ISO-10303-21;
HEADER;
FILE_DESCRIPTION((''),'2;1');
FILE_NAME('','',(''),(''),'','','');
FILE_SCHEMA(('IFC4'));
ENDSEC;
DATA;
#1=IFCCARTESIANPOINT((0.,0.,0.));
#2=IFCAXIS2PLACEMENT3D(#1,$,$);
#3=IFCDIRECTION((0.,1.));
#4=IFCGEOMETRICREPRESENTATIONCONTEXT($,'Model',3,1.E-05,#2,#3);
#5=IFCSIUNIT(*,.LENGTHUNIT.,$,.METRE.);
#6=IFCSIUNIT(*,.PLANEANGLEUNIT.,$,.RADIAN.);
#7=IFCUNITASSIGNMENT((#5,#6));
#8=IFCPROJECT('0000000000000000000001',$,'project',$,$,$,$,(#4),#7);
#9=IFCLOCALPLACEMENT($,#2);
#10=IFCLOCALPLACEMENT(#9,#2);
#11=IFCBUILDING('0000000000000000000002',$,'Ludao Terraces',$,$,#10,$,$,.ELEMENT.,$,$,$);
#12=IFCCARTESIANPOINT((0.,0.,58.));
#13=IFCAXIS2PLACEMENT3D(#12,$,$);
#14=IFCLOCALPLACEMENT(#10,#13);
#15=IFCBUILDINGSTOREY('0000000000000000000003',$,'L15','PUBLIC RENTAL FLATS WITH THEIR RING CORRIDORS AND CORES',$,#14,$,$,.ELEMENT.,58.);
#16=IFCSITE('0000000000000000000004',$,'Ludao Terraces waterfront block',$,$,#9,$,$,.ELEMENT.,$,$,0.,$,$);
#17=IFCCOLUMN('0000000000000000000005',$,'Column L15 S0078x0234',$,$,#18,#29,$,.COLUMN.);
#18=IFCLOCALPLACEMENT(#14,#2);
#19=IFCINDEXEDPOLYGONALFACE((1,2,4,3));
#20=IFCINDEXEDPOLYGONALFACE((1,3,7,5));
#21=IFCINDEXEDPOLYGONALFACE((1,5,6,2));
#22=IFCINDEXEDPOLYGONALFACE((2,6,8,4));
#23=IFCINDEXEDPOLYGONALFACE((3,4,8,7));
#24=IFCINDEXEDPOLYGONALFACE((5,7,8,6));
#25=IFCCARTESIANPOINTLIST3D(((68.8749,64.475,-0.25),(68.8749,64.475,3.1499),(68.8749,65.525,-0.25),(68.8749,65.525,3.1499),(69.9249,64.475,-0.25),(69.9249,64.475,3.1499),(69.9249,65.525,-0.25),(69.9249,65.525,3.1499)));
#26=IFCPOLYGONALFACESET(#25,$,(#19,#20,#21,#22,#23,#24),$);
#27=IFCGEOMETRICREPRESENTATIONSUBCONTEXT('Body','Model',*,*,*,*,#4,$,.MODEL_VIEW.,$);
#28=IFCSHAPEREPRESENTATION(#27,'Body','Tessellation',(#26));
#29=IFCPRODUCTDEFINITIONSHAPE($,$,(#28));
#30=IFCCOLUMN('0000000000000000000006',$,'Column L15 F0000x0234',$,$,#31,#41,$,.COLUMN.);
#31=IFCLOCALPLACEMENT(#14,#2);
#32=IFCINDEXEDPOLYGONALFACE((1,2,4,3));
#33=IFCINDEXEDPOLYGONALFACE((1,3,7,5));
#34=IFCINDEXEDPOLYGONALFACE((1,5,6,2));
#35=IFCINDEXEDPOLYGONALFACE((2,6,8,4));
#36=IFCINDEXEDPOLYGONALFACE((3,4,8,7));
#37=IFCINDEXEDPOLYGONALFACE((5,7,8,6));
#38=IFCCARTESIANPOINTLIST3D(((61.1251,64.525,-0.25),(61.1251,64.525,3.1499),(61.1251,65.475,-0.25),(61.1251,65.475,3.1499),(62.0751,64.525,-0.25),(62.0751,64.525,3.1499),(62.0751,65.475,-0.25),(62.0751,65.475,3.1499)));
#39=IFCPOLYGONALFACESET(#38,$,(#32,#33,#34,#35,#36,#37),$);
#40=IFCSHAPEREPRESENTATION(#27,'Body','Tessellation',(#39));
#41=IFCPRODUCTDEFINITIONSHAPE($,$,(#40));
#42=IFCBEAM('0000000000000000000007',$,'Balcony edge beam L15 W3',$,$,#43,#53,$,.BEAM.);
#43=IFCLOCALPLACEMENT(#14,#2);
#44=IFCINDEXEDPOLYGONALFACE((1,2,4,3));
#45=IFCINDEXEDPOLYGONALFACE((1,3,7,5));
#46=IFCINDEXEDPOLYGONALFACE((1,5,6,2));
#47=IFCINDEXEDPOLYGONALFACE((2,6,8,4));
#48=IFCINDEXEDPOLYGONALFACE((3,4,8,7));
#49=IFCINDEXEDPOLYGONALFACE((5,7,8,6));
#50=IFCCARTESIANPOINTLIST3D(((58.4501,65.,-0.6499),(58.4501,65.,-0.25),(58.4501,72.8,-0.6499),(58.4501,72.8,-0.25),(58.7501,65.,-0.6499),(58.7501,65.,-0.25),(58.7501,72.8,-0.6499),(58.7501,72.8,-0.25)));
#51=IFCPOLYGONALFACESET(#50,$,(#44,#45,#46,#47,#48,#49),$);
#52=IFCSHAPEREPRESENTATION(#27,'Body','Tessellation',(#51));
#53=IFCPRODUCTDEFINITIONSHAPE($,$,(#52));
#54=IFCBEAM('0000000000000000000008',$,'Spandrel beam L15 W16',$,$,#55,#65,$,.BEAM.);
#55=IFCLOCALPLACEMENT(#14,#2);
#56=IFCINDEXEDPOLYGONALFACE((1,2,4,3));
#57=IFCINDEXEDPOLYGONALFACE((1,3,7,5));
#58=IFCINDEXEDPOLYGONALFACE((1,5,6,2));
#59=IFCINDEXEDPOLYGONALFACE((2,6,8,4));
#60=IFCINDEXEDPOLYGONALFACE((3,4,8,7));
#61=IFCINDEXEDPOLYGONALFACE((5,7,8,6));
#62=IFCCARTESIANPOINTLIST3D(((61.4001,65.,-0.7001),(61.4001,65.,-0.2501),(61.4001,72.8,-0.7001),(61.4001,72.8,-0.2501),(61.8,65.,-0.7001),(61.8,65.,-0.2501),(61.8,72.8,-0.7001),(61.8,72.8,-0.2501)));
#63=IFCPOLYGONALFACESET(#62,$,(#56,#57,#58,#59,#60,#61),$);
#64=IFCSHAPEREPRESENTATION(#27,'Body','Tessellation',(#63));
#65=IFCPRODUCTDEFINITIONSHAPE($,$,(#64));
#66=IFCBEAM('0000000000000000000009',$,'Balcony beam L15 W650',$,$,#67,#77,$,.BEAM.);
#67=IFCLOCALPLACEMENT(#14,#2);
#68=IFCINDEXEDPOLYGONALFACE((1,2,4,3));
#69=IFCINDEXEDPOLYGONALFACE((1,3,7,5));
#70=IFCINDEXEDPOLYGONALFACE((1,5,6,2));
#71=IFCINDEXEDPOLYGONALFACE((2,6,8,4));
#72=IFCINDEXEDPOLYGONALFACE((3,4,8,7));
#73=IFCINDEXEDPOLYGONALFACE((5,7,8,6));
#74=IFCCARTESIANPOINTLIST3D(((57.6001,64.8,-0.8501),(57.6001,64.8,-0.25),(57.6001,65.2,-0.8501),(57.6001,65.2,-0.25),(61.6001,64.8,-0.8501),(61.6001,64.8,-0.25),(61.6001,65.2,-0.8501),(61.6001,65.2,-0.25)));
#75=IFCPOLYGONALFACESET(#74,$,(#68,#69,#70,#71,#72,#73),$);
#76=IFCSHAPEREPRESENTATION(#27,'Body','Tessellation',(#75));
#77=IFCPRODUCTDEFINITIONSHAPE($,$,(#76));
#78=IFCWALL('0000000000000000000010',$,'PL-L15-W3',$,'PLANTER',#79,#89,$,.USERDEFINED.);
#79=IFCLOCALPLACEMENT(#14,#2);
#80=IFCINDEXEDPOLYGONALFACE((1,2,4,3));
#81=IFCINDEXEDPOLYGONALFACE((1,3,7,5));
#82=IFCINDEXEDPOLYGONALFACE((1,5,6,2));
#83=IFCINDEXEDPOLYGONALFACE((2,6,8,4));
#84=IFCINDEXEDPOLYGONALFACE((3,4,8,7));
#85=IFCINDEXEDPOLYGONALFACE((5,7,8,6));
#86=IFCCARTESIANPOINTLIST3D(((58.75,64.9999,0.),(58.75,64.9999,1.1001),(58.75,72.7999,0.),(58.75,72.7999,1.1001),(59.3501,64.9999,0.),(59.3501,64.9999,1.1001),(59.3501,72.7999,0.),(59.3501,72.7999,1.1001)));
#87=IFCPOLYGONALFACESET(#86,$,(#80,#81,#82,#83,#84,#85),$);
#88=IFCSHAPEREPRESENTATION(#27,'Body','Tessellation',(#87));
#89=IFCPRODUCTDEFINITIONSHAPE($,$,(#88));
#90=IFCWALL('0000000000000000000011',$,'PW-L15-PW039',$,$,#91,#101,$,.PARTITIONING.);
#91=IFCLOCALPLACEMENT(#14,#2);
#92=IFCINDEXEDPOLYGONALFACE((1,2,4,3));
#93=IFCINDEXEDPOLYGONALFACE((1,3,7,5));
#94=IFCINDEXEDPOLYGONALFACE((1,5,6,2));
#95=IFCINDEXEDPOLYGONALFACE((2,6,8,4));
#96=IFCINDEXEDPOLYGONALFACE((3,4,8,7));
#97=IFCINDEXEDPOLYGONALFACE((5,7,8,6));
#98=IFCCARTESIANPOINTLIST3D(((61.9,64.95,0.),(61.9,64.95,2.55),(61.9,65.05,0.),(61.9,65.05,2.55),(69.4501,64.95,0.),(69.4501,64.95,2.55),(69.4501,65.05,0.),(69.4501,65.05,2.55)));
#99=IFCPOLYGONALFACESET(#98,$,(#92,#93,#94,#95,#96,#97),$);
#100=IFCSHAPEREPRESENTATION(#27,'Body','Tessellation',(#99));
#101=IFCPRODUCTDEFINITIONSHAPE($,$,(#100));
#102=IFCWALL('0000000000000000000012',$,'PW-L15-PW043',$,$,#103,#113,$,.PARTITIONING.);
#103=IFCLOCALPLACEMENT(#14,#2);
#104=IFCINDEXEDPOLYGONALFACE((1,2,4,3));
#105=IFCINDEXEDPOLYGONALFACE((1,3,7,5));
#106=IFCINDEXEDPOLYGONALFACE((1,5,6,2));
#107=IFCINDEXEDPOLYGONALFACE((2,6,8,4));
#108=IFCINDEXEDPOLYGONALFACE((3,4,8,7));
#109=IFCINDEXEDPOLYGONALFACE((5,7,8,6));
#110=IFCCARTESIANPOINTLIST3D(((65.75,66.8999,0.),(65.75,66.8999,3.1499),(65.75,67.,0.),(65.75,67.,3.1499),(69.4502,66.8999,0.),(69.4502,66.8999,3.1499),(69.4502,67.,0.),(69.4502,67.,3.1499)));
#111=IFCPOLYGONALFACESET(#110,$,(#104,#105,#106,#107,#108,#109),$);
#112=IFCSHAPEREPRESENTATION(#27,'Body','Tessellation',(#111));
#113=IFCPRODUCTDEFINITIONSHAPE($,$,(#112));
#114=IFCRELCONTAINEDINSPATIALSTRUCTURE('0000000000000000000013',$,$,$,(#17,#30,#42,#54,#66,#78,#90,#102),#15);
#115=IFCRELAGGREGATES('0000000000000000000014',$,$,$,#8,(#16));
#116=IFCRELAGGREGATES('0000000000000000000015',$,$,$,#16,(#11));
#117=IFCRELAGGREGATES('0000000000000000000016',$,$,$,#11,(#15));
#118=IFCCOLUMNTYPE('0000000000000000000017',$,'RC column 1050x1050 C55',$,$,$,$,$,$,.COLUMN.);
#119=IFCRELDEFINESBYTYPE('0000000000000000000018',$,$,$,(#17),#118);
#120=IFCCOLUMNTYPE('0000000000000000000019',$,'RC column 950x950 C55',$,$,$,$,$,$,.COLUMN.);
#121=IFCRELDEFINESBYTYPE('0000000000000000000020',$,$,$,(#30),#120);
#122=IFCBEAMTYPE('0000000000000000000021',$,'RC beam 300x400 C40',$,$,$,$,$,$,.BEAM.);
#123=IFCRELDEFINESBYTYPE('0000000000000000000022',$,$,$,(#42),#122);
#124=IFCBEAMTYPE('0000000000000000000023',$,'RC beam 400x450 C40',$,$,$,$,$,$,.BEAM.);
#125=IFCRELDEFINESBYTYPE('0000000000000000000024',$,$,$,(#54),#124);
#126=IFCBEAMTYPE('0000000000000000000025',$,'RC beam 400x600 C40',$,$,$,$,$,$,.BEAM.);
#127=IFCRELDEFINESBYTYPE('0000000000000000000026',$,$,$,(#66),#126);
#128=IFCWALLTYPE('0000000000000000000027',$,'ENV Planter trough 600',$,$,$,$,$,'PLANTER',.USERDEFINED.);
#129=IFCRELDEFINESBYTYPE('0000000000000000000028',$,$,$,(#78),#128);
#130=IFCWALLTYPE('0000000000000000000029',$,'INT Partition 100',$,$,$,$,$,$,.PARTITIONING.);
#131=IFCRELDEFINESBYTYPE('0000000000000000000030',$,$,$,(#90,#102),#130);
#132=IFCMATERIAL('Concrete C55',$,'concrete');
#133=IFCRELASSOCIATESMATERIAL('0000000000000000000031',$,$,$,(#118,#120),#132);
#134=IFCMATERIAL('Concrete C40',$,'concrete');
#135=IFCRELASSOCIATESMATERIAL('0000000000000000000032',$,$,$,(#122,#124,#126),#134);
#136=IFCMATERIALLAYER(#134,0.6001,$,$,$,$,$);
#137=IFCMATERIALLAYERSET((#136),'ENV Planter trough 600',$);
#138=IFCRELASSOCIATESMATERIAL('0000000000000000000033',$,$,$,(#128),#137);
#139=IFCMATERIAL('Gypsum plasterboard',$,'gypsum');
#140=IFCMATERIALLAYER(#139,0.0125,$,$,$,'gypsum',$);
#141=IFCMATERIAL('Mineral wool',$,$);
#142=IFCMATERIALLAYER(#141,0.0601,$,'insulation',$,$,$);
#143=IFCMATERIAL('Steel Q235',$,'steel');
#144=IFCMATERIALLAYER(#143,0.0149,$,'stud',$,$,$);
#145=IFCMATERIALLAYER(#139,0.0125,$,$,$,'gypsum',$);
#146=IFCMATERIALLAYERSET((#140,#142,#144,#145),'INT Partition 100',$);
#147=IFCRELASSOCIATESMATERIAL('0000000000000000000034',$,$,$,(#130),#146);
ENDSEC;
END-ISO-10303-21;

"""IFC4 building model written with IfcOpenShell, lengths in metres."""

from ifc_helpers import new_model, si_unit, direction, frame, frame_2d, origin, origin_2d, place, context, subcontext, project, spatial, rectangle, extrude, material, layer, layer_set, material_profile, profile_set, type_object, element, save


model = new_model("IFC4")

# Units and contexts
model_context = context("Model", 3, precision=1e-05, world=origin(), true_north=direction((0.0, 1.0)))
body_context = subcontext(model_context, "Body", "Model", "MODEL_VIEW")
ifc_project = project(units=[si_unit("LENGTHUNIT", "METRE"), si_unit("PLANEANGLEUNIT", "RADIAN")], contexts=[model_context])

# Site, building, storey
site_placement = place(None, origin())
site = spatial("IfcSite", under=ifc_project, at=site_placement, Name="Ludao Terraces waterfront block", CompositionType="ELEMENT", RefElevation=0.0)
building_placement = place(site_placement, origin())
building = spatial("IfcBuilding", under=site, at=building_placement, Name="Ludao Terraces", CompositionType="ELEMENT")
storey_placement = place(building_placement, frame((0.0, 0.0, 58.0)))
storey = spatial("IfcBuildingStorey", under=building, at=storey_placement, Name="L15", Description="PUBLIC RENTAL FLATS WITH THEIR RING CORRIDORS AND CORES", CompositionType="ELEMENT", Elevation=58.0)

# Columns
ifc_material_1 = material(Name="Concrete C55", Category="concrete")
ifc_material_profile_1 = material_profile(ifc_material_1, rectangle(XDim=1.05, YDim=1.05, at=origin_2d()), Name="1050 X 1050")
ifc_profile_set_1 = profile_set([ifc_material_profile_1], Name="Concrete C55")
column_type_1 = type_object("IfcColumnType", Name="RC column 1050x1050 C55", PredefinedType="COLUMN", material=ifc_profile_set_1)
column_1_placement = place(storey_placement, frame((69.3999, 65.0, -0.25), z_axis=(0.0, 0.0, 1.0), x_axis=(1.0, 0.0, 0.0)))
element("IfcColumn", 1, at=column_1_placement, inside=storey, type_object=column_type_1, Name="Column L15 S0078x0234", PredefinedType="COLUMN", context=body_context, shape_type="SweptSolid", body=[
    extrude(rectangle(XDim=1.05, YDim=1.05, at=origin_2d()), origin(), (0.0, 0.0, 1.0), 3.3999),
])
ifc_material_profile_2 = material_profile(ifc_material_1, rectangle(XDim=0.95, YDim=0.95, at=origin_2d()), Name="950 X 950")
ifc_profile_set_2 = profile_set([ifc_material_profile_2], Name="Concrete C55")
column_type_2 = type_object("IfcColumnType", Name="RC column 950x950 C55", PredefinedType="COLUMN", material=ifc_profile_set_2)
column_2_placement = place(storey_placement, frame((61.6001, 65.0, -0.25), z_axis=(0.0, 0.0, 1.0), x_axis=(1.0, 0.0, 0.0)))
element("IfcColumn", 2, at=column_2_placement, inside=storey, type_object=column_type_2, Name="Column L15 F0000x0234", PredefinedType="COLUMN", context=body_context, shape_type="SweptSolid", body=[
    extrude(rectangle(XDim=0.95, YDim=0.95, at=origin_2d()), origin(), (0.0, 0.0, 1.0), 3.3999),
])

# Beams
ifc_material_2 = material(Name="Concrete C40", Category="concrete")
ifc_material_profile_3 = material_profile(ifc_material_2, rectangle(XDim=0.3, YDim=0.3999, at=origin_2d()), Name="300 X 400")
ifc_profile_set_3 = profile_set([ifc_material_profile_3], Name="Concrete C40")
beam_type_1 = type_object("IfcBeamType", Name="RC beam 300x400 C40", PredefinedType="BEAM", material=ifc_profile_set_3)
beam_1_placement = place(storey_placement, frame((58.6001, 65.0, -0.45), z_axis=(0.0, 1.0, 0.0), x_axis=(-1.0, 0.0, 0.0)))
element("IfcBeam", 3, at=beam_1_placement, inside=storey, type_object=beam_type_1, Name="Balcony edge beam L15 W3", PredefinedType="BEAM", context=body_context, shape_type="SweptSolid", body=[
    extrude(rectangle(XDim=0.3, YDim=0.3999, at=origin_2d()), origin(), (0.0, 0.0, 1.0), 7.8),
])
ifc_material_profile_4 = material_profile(ifc_material_2, rectangle(XDim=0.3999, YDim=0.45, at=origin_2d()), Name="400 X 450")
ifc_profile_set_4 = profile_set([ifc_material_profile_4], Name="Concrete C40")
beam_type_2 = type_object("IfcBeamType", Name="RC beam 400x450 C40", PredefinedType="BEAM", material=ifc_profile_set_4)
beam_2_placement = place(storey_placement, frame((61.6001, 65.0, -0.4751), z_axis=(0.0, 1.0, 0.0), x_axis=(-1.0, 0.0, 0.0)))
element("IfcBeam", 4, at=beam_2_placement, inside=storey, type_object=beam_type_2, Name="Spandrel beam L15 W16", PredefinedType="BEAM", context=body_context, shape_type="SweptSolid", body=[
    extrude(rectangle(XDim=0.3999, YDim=0.45, at=origin_2d()), origin(), (0.0, 0.0, 1.0), 7.8),
])
ifc_material_profile_5 = material_profile(ifc_material_2, rectangle(XDim=0.3999, YDim=0.6001, at=origin_2d()), Name="400 X 600")
ifc_profile_set_5 = profile_set([ifc_material_profile_5], Name="Concrete C40")
beam_type_3 = type_object("IfcBeamType", Name="RC beam 400x600 C40", PredefinedType="BEAM", material=ifc_profile_set_5)
beam_3_placement = place(storey_placement, frame((61.6001, 65.0, -0.55), z_axis=(-1.0, 0.0, 0.0), x_axis=(0.0, -1.0, 0.0)))
element("IfcBeam", 5, at=beam_3_placement, inside=storey, type_object=beam_type_3, Name="Balcony beam L15 W650", PredefinedType="BEAM", context=body_context, shape_type="SweptSolid", body=[
    extrude(rectangle(XDim=0.3999, YDim=0.6001, at=origin_2d()), origin(), (0.0, 0.0, 1.0), 4.0),
])

# Wall
ifc_layer_1 = layer(ifc_material_2, 0.6001)
ifc_layer_set_1 = layer_set([ifc_layer_1], Name="ENV Planter trough 600")
wall_type_1 = type_object("IfcWallType", Name="ENV Planter trough 600", ElementType="PLANTER", PredefinedType="USERDEFINED", material=ifc_layer_set_1)
wall_1_placement = place(storey_placement, frame((59.05, 65.0, 0.0), z_axis=(0.0, 0.0, 1.0), x_axis=(0.0, 1.0, 0.0)))
element("IfcWall", 6, at=wall_1_placement, inside=storey, type_object=wall_type_1, Name="PL-L15-W3", ObjectType="PLANTER", PredefinedType="USERDEFINED", context=body_context, shape_type="SweptSolid", body=[
    extrude(rectangle(XDim=7.8, YDim=0.6001, at=frame_2d((3.8999, 0.0))), origin(), (0.0, 0.0, 1.0), 1.1001),
])

# Shared definitions
ifc_material_3 = material(Name="Mineral wool")

# Walls
ifc_material_4 = material(Name="Gypsum plasterboard", Category="gypsum")
ifc_layer_2 = layer(ifc_material_4, 0.0125, Category="gypsum")
ifc_layer_3 = layer(ifc_material_3, 0.0601, Name="insulation")
ifc_material_5 = material(Name="Steel Q235", Category="steel")
ifc_layer_4 = layer(ifc_material_5, 0.0149, Name="stud")
ifc_layer_5 = layer(ifc_material_4, 0.0125, Category="gypsum")
ifc_layer_set_2 = layer_set([ifc_layer_2, ifc_layer_3, ifc_layer_4, ifc_layer_5], Name="INT Partition 100")
wall_type_2 = type_object("IfcWallType", Name="INT Partition 100", PredefinedType="PARTITIONING", material=ifc_layer_set_2)
wall_2_placement = place(storey_placement, frame((61.9001, 65.0, 0.0), z_axis=(0.0, 0.0, 1.0), x_axis=(1.0, 0.0, 0.0)))
element("IfcWall", 7, at=wall_2_placement, inside=storey, type_object=wall_type_2, Name="PW-L15-PW039", PredefinedType="PARTITIONING", context=body_context, shape_type="SweptSolid", body=[
    extrude(rectangle(XDim=7.55, YDim=0.1001, at=frame_2d((3.7749, 0.0))), origin(), (0.0, 0.0, 1.0), 2.55),
])
wall_3_placement = place(storey_placement, frame((65.75, 66.95, 0.0), z_axis=(0.0, 0.0, 1.0), x_axis=(1.0, 0.0, 0.0)))
element("IfcWall", 8, at=wall_3_placement, inside=storey, type_object=wall_type_2, Name="PW-L15-PW043", PredefinedType="PARTITIONING", context=body_context, shape_type="SweptSolid", body=[
    extrude(rectangle(XDim=3.7002, YDim=0.1001, at=frame_2d((1.8501, 0.0))), origin(), (0.0, 0.0, 1.0), 3.1499),
])

save(model, "model.ifc")
